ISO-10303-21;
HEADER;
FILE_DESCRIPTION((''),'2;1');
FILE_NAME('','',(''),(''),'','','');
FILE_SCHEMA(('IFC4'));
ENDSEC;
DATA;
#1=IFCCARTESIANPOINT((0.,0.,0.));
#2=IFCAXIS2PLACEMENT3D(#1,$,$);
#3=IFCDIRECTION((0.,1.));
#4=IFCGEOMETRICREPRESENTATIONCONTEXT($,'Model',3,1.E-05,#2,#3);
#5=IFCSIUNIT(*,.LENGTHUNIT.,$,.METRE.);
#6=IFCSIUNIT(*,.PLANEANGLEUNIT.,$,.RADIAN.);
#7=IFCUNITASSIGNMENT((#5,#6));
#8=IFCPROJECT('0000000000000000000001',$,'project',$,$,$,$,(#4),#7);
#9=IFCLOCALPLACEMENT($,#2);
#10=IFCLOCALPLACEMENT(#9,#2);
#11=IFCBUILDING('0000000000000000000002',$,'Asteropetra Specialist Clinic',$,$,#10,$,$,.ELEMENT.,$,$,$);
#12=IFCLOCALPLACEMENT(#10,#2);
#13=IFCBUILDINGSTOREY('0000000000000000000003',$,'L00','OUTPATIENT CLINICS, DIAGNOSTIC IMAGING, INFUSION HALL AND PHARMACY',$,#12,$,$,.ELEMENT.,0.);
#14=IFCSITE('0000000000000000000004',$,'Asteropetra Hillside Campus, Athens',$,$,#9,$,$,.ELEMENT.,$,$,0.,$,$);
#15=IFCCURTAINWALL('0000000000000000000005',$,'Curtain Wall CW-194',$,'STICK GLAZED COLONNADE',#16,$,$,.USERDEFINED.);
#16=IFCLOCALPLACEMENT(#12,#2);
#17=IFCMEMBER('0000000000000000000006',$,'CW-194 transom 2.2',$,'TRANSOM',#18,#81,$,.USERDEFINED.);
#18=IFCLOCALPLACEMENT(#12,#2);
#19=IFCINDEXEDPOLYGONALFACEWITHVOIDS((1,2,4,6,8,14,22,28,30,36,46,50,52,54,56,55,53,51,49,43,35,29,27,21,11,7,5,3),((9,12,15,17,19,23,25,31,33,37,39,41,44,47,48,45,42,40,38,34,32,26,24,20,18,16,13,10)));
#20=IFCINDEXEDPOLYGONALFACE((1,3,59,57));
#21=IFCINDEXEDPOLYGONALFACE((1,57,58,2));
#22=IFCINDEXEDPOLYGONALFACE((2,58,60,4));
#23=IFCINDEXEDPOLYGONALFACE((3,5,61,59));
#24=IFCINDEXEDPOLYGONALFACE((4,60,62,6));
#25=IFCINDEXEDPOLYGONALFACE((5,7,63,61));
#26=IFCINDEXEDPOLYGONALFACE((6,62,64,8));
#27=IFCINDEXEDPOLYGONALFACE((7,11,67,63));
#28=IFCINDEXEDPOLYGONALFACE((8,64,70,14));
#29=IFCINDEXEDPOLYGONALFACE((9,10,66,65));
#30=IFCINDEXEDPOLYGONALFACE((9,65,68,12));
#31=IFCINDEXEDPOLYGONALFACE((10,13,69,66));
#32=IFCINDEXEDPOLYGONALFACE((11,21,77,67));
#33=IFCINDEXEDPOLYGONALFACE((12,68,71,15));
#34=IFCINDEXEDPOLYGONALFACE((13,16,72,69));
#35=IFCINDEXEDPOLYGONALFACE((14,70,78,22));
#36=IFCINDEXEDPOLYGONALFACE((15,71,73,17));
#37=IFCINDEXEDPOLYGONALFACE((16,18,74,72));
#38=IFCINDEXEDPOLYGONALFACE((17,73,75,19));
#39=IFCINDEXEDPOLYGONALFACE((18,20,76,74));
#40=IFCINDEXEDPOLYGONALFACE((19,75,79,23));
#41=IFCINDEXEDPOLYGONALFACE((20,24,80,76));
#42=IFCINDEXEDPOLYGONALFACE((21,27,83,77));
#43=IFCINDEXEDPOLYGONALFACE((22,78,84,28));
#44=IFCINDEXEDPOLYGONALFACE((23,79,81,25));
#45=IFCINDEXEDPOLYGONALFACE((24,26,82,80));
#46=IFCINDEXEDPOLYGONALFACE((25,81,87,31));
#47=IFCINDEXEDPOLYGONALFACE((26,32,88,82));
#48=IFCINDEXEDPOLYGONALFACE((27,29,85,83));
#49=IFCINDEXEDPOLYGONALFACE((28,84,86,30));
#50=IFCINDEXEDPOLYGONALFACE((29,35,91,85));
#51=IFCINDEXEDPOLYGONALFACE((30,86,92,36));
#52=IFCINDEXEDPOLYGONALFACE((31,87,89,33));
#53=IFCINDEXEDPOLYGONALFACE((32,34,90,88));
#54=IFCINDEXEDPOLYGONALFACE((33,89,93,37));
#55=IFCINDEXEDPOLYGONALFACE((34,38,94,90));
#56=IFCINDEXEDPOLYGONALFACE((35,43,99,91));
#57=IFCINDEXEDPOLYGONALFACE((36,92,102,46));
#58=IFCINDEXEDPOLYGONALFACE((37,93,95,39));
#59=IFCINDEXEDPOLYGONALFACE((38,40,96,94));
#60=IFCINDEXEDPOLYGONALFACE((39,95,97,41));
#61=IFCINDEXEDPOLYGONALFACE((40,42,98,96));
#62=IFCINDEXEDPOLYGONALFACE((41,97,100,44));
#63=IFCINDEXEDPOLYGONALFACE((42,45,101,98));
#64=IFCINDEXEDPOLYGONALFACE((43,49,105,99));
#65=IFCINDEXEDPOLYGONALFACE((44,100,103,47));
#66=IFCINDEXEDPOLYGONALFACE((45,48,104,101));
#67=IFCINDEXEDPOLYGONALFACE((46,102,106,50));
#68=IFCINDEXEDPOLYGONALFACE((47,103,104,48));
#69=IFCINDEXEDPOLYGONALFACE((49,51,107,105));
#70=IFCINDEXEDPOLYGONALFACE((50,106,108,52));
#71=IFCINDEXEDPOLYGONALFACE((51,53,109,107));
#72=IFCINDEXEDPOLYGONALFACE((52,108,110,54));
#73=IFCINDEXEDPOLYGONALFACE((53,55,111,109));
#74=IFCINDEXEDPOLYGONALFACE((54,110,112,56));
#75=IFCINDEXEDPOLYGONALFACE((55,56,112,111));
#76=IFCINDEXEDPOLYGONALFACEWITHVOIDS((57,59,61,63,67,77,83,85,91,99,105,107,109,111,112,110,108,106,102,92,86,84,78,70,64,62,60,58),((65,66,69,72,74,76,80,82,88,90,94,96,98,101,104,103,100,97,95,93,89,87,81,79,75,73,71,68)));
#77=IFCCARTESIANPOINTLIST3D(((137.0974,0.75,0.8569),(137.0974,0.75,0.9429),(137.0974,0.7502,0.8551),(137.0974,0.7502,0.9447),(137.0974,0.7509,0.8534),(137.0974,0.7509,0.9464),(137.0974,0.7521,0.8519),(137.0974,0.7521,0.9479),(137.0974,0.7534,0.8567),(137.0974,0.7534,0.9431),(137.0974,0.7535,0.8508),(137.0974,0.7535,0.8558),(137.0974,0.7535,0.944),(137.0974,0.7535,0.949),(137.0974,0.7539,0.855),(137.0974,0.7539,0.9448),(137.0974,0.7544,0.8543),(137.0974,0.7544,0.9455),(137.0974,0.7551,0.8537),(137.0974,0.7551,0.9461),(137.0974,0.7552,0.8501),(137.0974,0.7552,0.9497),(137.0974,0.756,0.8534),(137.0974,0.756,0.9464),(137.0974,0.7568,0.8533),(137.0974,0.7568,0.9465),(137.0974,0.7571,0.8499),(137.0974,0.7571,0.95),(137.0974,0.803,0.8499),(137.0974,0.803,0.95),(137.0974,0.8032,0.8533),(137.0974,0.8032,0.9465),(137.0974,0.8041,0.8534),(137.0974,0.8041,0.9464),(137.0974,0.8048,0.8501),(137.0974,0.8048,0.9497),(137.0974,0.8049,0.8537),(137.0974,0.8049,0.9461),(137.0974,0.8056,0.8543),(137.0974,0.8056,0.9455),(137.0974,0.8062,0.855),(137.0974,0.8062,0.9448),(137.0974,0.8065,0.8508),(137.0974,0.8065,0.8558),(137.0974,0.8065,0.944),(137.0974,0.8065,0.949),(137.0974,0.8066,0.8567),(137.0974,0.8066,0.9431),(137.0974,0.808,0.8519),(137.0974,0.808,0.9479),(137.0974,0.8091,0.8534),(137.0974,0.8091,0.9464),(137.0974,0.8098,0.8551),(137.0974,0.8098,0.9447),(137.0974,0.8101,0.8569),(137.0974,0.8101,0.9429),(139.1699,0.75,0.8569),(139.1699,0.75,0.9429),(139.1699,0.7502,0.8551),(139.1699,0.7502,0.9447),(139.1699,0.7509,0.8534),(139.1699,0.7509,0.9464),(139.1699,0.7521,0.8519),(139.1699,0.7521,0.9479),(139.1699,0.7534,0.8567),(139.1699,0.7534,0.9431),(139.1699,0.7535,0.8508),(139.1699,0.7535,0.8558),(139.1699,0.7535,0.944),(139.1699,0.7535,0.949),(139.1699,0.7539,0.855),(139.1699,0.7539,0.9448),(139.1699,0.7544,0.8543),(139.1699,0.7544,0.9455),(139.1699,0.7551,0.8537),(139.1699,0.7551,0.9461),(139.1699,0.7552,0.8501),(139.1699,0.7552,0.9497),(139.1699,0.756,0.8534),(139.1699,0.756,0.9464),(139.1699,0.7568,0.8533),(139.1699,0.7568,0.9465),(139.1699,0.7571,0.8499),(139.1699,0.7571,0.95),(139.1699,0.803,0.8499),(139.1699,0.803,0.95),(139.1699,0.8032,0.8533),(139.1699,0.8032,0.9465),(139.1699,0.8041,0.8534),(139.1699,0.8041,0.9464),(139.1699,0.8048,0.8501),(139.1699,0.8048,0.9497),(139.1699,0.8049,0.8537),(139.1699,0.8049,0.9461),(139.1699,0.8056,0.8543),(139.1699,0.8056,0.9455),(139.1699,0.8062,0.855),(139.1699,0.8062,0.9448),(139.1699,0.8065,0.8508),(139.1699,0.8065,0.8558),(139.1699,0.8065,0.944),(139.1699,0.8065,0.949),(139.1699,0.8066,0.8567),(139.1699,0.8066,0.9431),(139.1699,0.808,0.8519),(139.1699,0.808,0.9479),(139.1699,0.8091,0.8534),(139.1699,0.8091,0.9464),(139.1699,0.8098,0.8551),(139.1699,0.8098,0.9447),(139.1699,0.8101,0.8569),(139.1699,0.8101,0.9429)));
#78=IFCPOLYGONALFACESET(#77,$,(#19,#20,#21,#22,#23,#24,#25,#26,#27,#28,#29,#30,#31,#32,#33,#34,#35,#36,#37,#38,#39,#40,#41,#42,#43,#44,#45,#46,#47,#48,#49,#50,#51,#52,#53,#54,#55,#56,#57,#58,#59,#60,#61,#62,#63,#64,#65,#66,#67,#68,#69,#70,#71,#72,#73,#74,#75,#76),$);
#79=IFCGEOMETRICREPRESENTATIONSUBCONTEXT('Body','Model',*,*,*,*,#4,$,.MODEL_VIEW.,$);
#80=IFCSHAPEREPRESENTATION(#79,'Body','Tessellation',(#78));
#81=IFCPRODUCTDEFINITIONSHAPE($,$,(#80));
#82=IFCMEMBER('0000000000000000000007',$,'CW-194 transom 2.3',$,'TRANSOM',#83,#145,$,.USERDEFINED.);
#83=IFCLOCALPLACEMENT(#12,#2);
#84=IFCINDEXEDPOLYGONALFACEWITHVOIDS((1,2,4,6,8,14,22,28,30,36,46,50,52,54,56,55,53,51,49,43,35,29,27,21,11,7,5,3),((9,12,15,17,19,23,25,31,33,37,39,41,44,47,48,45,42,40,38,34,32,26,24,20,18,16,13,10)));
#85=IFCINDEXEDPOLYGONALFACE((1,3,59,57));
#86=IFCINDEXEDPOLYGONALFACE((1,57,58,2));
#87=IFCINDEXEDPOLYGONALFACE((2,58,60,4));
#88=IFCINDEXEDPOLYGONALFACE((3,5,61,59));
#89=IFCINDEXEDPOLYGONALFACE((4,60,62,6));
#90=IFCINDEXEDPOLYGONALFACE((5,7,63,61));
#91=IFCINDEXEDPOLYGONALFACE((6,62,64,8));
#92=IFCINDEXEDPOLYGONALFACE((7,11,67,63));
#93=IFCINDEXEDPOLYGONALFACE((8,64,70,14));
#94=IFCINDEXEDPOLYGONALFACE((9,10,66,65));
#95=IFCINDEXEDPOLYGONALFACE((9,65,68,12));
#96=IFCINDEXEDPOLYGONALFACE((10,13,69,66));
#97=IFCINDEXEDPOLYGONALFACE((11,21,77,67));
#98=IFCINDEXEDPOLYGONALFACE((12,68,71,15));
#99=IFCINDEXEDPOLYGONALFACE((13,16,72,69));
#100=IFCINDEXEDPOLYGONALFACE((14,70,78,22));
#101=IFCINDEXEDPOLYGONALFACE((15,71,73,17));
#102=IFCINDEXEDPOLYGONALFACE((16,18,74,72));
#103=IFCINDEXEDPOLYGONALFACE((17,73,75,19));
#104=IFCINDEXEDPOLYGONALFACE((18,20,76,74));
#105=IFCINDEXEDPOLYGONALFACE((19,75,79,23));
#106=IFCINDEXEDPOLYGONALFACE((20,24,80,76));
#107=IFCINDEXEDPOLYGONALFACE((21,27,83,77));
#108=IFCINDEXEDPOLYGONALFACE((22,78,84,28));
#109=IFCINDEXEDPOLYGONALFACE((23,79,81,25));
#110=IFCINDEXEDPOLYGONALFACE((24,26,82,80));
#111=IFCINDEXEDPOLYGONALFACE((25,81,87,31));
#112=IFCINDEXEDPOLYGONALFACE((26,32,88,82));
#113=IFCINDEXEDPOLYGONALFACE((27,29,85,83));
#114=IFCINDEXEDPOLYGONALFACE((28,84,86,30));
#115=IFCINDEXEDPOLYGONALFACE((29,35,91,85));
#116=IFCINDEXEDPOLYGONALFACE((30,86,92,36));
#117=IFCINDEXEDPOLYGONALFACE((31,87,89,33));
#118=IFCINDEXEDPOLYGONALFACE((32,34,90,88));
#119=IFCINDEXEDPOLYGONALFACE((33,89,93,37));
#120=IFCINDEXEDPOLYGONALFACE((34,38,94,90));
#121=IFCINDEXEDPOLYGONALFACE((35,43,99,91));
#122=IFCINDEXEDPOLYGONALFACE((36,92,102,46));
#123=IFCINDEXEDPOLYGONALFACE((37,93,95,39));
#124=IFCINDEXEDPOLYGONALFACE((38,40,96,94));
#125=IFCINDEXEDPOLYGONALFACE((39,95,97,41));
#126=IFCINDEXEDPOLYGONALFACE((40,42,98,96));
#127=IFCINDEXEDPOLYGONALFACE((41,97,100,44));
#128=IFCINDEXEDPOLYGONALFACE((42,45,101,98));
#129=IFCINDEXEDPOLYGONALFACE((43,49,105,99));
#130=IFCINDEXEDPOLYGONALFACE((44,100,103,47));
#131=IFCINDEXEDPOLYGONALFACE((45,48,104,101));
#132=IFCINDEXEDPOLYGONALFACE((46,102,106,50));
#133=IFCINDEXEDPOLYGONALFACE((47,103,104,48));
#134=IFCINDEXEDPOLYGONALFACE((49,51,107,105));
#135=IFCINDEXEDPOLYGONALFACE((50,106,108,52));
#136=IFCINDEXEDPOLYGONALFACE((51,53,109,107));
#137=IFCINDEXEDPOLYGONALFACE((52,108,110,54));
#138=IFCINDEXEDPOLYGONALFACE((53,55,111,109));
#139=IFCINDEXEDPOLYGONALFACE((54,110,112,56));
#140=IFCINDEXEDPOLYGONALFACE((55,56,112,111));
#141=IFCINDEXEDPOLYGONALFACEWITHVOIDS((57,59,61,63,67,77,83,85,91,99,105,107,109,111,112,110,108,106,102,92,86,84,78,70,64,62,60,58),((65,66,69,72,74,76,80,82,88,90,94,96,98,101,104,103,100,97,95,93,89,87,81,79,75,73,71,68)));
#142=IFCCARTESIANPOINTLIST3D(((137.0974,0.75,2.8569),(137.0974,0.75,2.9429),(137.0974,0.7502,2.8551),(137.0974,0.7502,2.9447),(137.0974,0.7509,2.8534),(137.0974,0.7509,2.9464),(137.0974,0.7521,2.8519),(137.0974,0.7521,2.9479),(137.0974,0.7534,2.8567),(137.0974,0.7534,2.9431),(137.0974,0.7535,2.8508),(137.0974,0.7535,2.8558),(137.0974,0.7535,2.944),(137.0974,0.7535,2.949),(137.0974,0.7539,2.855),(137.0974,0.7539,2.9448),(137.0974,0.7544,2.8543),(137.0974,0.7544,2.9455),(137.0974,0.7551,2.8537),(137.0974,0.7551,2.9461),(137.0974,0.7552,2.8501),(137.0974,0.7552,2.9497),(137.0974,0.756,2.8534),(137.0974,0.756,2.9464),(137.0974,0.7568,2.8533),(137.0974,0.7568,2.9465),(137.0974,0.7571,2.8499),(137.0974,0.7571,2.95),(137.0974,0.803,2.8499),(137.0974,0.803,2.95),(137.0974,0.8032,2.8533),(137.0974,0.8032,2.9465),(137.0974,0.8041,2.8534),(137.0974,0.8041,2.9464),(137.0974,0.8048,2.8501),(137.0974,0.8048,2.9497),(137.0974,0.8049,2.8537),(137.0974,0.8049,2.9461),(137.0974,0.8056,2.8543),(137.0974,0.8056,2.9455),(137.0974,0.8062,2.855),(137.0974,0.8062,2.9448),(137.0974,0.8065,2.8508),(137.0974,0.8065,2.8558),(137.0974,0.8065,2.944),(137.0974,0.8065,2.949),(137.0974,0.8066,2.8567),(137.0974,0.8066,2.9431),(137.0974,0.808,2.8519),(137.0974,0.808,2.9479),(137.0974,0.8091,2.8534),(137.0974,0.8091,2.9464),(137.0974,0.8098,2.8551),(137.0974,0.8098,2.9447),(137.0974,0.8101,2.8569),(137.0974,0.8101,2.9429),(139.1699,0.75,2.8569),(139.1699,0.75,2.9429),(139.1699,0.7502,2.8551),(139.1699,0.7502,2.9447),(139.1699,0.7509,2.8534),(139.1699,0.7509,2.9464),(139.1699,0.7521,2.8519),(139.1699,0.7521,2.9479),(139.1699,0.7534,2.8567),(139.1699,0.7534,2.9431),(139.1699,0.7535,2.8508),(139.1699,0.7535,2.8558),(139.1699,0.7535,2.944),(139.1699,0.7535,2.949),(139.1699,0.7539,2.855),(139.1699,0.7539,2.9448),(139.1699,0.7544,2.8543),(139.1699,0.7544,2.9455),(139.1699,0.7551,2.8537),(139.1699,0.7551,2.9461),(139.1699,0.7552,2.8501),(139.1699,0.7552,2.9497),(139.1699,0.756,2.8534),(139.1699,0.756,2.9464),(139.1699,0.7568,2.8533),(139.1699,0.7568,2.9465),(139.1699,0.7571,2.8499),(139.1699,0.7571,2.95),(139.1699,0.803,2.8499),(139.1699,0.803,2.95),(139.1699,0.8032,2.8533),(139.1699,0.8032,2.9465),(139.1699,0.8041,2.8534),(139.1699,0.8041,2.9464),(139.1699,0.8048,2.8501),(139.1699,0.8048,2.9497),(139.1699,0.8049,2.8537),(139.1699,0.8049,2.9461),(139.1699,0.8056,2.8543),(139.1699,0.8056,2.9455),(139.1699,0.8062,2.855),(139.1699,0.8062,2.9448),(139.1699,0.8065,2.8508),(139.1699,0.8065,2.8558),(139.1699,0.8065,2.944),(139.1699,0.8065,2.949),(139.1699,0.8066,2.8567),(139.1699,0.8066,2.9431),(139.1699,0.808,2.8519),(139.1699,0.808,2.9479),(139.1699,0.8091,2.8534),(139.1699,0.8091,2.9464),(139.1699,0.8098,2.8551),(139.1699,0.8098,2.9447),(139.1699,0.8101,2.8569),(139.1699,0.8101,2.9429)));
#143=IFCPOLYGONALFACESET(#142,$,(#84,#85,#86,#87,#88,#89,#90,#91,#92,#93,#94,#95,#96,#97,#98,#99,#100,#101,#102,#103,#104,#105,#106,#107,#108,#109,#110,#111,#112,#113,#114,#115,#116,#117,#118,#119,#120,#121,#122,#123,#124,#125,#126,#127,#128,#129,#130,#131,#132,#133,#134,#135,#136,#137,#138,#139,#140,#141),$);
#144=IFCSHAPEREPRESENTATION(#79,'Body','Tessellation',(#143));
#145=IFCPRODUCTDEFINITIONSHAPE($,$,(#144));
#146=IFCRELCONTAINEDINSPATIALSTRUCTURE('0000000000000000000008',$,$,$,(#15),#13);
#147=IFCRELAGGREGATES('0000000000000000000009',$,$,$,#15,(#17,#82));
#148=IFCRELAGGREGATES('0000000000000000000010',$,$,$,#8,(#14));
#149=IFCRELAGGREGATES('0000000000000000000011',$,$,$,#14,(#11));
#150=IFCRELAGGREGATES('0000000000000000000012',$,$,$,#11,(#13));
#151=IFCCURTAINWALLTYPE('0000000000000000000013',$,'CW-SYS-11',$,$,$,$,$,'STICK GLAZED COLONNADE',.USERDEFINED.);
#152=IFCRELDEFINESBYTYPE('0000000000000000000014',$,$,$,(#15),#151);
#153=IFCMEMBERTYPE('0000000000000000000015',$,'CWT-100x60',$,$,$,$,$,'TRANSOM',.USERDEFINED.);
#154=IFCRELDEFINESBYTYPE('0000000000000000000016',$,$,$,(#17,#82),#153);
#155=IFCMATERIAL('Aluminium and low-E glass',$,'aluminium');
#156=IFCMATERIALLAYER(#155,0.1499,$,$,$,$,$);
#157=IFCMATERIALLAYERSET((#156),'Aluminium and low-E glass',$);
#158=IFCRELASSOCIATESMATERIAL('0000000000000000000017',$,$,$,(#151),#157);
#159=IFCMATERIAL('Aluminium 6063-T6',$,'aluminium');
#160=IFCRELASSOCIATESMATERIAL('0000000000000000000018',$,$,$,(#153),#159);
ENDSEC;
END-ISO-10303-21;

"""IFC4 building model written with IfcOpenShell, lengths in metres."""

from ifc_helpers import new_model, si_unit, direction, frame, origin, origin_2d, place, context, subcontext, project, spatial, hollow_rectangle, extrude, material, layer, layer_set, material_profile, profile_set, type_object, element, aggregate, save


model = new_model("IFC4")

# Units and contexts
model_context = context("Model", 3, precision=1e-05, world=origin(), true_north=direction((0.0, 1.0)))
body_context = subcontext(model_context, "Body", "Model", "MODEL_VIEW")
ifc_project = project(units=[si_unit("LENGTHUNIT", "METRE"), si_unit("PLANEANGLEUNIT", "RADIAN")], contexts=[model_context])

# Site, building, storey
site_placement = place(None, origin())
site = spatial("IfcSite", under=ifc_project, at=site_placement, Name="Asteropetra Hillside Campus, Athens", CompositionType="ELEMENT", RefElevation=0.0)
building_placement = place(site_placement, origin())
building = spatial("IfcBuilding", under=site, at=building_placement, Name="Asteropetra Specialist Clinic", CompositionType="ELEMENT")
storey_placement = place(building_placement, origin())
storey = spatial("IfcBuildingStorey", under=building, at=storey_placement, Name="L00", Description="OUTPATIENT CLINICS, DIAGNOSTIC IMAGING, INFUSION HALL AND PHARMACY", CompositionType="ELEMENT", Elevation=0.0)

# Curtain wall, members
ifc_material_1 = material(Name="Aluminium and low-E glass", Category="aluminium")
ifc_layer_1 = layer(ifc_material_1, 0.1499)
ifc_layer_set_1 = layer_set([ifc_layer_1], Name="Aluminium and low-E glass")
curtain_wall_type = type_object("IfcCurtainWallType", Name="CW-SYS-11", ElementType="STICK GLAZED COLONNADE", PredefinedType="USERDEFINED", material=ifc_layer_set_1)
curtain_wall_placement = place(storey_placement, origin())
curtain_wall = element("IfcCurtainWall", 1, at=curtain_wall_placement, inside=storey, type_object=curtain_wall_type, Name="Curtain Wall CW-194", ObjectType="STICK GLAZED COLONNADE", PredefinedType="USERDEFINED")
ifc_material_2 = material(Name="Aluminium 6063-T6", Category="aluminium")
ifc_material_profile_1 = material_profile(ifc_material_2, hollow_rectangle(XDim=0.0601, YDim=0.1001, WallThickness=0.0034, InnerFilletRadius=0.0034, OuterFilletRadius=0.0071, at=origin_2d()), Name="TRN 100x60x3.5")
ifc_profile_set_1 = profile_set([ifc_material_profile_1], Name="Aluminium 6063-T6")
member_type_1 = type_object("IfcMemberType", Name="CWT-100x60", ElementType="TRANSOM", PredefinedType="USERDEFINED", material=ifc_profile_set_1)
member_1_placement = place(storey_placement, frame((137.0974, 0.78, 0.8999), z_axis=(1.0, 0.0, 0.0), x_axis=(0.0, 1.0, 0.0)))
member_1 = element("IfcMember", 2, at=member_1_placement, type_object=member_type_1, Name="CW-194 transom 2.2", ObjectType="TRANSOM", PredefinedType="USERDEFINED", context=body_context, shape_type="SweptSolid", body=[
    extrude(hollow_rectangle(XDim=0.0601, YDim=0.1001, WallThickness=0.0034, InnerFilletRadius=0.0034, OuterFilletRadius=0.0071, at=origin_2d()), origin(), (0.0, 0.0, 1.0), 2.0725),
])
member_2_placement = place(storey_placement, frame((137.0974, 0.78, 2.8999), z_axis=(1.0, 0.0, 0.0), x_axis=(0.0, 1.0, 0.0)))
member_2 = element("IfcMember", 3, at=member_2_placement, type_object=member_type_1, Name="CW-194 transom 2.3", ObjectType="TRANSOM", PredefinedType="USERDEFINED", context=body_context, shape_type="SweptSolid", body=[
    extrude(hollow_rectangle(XDim=0.0601, YDim=0.1001, WallThickness=0.0034, InnerFilletRadius=0.0034, OuterFilletRadius=0.0071, at=origin_2d()), origin(), (0.0, 0.0, 1.0), 2.0725),
])
aggregate(curtain_wall, [member_1, member_2])

save(model, "model.ifc")
